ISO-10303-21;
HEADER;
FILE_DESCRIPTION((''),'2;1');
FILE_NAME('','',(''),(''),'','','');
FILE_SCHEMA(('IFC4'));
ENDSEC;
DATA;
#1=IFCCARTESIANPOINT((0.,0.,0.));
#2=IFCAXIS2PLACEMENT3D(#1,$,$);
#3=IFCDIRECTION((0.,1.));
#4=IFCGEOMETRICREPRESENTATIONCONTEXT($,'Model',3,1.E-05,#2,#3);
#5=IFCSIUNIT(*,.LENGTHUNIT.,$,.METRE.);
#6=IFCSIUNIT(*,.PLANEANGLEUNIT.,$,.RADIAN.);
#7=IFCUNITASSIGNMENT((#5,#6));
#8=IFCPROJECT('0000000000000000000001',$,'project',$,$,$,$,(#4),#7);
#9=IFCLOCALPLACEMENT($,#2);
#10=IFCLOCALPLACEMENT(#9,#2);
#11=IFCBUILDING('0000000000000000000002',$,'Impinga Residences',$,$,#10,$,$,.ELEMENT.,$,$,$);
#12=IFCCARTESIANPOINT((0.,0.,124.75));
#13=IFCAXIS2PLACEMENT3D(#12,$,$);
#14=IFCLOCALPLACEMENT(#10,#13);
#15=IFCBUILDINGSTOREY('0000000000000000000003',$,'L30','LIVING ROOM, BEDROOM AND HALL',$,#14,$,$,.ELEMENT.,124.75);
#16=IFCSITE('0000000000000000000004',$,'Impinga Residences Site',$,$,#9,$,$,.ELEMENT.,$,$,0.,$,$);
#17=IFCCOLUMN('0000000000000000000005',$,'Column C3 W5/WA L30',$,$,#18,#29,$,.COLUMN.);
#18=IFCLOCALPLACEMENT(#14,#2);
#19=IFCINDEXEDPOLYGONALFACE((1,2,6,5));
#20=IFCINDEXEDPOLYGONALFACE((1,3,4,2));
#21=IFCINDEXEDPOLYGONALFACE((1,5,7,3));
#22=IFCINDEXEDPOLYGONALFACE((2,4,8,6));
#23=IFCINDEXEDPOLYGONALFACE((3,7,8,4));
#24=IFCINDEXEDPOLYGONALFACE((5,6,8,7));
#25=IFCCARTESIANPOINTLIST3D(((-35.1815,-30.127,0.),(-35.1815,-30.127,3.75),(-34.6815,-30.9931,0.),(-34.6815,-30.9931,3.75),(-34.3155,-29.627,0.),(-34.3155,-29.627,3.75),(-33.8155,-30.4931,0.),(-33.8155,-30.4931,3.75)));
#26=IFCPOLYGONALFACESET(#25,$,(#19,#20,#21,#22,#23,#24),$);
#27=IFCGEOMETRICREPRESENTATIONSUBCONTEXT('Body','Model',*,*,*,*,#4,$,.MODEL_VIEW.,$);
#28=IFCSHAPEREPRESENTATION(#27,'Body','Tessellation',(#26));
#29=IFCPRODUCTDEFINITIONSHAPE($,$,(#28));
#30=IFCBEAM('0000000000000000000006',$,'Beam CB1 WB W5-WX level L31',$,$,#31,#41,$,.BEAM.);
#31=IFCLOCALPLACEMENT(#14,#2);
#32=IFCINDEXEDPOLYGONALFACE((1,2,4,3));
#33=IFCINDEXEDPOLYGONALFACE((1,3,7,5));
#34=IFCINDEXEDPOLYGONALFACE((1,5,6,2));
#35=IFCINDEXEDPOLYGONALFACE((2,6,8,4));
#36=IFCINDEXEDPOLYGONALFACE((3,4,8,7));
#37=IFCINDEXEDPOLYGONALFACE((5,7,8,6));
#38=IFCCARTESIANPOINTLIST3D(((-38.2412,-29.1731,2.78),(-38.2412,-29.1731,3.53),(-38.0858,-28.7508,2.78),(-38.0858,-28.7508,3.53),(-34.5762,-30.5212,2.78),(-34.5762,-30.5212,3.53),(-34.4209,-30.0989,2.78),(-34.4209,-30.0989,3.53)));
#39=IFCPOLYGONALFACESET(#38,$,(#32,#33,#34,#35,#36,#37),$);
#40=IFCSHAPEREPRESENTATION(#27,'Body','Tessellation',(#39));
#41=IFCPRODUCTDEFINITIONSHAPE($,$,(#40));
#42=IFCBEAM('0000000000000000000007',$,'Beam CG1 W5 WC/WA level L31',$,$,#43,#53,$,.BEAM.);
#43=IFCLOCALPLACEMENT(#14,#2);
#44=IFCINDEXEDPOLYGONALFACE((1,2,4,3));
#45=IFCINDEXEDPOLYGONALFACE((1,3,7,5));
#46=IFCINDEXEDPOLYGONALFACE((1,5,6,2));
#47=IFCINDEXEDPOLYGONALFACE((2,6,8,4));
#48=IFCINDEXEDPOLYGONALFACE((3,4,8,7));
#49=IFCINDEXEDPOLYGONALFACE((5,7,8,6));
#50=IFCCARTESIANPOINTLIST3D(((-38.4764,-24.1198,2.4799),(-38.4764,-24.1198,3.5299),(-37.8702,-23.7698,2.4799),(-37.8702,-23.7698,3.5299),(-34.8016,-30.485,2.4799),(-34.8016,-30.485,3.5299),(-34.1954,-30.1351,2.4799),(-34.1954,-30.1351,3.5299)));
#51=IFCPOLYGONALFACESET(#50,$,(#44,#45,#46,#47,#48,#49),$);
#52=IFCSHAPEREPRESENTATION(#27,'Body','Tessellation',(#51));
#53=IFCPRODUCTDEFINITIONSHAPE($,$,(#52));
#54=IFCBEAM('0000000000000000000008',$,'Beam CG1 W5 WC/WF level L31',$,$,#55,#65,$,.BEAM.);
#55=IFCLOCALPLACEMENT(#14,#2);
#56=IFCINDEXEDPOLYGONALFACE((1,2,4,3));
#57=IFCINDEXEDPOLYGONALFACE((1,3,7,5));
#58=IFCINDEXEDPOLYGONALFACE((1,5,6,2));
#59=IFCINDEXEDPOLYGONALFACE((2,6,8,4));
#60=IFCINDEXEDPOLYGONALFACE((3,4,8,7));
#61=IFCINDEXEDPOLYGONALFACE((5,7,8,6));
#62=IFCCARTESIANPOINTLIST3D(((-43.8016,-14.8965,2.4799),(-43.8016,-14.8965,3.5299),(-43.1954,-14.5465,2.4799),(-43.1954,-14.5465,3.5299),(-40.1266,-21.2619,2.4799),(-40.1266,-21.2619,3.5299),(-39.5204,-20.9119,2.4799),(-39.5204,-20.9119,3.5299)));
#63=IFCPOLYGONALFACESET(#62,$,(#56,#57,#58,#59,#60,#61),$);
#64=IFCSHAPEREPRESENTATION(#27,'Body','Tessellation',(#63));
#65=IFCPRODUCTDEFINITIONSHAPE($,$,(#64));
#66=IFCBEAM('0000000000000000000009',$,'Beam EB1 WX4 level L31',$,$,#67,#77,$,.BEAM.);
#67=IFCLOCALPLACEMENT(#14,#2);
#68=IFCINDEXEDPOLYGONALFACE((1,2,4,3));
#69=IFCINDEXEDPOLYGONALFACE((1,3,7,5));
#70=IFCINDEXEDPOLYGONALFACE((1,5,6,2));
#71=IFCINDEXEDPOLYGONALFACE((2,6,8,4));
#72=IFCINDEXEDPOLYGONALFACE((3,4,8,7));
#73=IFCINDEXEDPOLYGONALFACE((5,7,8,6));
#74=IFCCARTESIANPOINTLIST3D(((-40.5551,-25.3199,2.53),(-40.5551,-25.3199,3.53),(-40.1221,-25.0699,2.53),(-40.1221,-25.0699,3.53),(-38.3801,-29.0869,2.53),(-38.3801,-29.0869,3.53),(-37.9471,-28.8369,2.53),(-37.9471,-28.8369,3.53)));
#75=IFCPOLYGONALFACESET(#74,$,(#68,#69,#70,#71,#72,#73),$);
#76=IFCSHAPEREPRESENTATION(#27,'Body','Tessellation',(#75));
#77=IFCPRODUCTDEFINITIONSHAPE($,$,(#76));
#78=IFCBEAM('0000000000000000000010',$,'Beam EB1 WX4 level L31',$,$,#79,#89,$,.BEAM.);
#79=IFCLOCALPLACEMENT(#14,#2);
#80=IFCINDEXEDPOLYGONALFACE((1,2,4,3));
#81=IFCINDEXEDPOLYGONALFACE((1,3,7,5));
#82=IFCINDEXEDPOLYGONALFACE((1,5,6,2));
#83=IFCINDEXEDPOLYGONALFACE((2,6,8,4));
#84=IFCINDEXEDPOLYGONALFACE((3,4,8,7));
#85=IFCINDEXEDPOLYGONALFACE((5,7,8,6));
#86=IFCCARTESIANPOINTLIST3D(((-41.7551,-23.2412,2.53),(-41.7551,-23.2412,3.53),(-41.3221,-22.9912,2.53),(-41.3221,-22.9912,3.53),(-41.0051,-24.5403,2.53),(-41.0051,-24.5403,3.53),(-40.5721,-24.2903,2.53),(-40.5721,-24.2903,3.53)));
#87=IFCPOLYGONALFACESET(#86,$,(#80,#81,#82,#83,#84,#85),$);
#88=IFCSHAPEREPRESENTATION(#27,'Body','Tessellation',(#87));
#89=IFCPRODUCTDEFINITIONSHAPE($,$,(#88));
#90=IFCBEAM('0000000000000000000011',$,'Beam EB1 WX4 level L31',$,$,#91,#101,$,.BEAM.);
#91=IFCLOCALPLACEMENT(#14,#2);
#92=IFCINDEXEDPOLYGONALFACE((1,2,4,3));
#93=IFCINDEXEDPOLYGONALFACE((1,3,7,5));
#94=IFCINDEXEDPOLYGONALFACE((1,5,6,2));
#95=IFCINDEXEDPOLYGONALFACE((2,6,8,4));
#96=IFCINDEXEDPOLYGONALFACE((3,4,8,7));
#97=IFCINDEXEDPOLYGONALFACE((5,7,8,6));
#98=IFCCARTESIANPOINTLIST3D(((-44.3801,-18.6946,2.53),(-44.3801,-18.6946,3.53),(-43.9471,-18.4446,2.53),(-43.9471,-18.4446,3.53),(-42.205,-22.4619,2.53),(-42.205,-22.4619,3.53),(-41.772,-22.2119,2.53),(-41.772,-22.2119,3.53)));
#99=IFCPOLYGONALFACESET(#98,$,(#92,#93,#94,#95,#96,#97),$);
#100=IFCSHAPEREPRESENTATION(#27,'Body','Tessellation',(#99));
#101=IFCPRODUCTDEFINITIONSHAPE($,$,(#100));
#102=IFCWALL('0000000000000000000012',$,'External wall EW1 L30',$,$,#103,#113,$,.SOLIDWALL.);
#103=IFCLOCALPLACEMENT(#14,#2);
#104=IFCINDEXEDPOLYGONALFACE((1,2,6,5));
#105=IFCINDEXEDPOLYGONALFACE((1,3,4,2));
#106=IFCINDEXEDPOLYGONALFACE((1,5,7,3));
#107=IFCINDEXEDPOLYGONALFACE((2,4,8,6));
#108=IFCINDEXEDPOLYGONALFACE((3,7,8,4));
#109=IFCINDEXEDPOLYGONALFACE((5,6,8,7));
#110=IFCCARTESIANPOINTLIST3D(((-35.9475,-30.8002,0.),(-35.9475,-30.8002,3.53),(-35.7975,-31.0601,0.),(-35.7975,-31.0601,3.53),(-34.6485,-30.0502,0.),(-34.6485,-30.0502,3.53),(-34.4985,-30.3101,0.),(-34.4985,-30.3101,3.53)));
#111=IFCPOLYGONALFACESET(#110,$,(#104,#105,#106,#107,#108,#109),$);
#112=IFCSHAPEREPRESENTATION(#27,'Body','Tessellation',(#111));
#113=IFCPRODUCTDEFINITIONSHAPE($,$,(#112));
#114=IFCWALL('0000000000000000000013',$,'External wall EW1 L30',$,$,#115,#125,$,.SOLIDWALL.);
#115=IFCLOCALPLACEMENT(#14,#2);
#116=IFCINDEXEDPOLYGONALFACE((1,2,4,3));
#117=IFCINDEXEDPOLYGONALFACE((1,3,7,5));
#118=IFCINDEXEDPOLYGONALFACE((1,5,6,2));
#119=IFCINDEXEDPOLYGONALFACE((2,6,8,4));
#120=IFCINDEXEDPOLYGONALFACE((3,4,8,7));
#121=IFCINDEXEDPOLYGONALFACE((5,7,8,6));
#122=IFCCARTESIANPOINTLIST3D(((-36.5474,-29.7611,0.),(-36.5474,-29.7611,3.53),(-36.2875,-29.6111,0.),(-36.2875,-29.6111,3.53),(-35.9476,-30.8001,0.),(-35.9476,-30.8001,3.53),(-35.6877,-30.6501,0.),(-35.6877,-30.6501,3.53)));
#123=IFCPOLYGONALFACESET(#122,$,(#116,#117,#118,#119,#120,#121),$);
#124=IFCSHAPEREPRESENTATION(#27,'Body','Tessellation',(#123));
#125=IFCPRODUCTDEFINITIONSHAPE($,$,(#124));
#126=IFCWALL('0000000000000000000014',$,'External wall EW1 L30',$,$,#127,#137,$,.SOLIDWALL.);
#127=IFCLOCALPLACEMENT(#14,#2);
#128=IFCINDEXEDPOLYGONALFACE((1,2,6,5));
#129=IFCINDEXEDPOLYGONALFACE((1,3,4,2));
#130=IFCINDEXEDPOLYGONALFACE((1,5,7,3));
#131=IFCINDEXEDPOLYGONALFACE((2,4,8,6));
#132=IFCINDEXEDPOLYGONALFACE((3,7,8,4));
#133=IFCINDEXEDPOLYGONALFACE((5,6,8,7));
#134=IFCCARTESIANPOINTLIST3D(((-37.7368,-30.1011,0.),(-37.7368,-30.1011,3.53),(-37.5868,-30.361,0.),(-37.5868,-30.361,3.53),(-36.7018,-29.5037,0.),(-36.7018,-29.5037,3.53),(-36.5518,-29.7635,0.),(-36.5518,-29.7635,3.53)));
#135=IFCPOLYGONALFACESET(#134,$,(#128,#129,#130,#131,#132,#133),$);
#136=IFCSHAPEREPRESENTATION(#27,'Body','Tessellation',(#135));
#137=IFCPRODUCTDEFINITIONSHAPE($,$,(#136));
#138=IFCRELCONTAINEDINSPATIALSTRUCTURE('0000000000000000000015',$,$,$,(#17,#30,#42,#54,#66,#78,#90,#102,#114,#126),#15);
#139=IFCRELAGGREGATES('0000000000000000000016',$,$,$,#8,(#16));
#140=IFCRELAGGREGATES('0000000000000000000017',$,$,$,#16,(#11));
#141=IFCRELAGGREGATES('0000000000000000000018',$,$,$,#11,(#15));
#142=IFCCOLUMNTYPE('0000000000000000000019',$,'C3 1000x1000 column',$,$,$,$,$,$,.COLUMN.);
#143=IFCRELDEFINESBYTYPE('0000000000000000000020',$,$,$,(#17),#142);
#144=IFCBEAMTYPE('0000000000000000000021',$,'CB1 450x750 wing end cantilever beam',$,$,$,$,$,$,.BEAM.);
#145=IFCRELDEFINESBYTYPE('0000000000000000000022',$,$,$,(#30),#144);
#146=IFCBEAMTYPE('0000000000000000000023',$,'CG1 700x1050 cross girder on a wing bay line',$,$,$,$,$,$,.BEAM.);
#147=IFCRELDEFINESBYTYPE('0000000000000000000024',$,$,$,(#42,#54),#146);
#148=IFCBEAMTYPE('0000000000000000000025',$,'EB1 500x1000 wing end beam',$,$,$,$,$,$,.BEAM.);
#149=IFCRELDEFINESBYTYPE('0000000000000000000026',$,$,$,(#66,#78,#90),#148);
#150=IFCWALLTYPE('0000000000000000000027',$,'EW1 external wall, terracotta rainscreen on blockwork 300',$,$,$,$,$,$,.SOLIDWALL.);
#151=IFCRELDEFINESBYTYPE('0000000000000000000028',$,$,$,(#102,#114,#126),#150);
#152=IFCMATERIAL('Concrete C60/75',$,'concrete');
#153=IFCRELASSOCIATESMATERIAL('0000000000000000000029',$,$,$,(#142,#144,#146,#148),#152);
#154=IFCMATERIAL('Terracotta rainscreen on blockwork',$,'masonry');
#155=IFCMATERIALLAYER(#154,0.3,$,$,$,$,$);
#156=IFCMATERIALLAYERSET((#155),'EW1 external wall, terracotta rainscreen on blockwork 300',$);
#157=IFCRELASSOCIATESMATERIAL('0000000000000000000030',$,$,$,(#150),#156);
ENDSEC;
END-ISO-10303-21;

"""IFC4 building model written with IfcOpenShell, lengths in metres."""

from ifc_helpers import new_model, si_unit, direction, frame, frame_2d, origin, origin_2d, place, context, subcontext, project, spatial, rectangle, extrude, material, layer, layer_set, material_profile, profile_set, type_object, element, save


model = new_model("IFC4")

# Units and contexts
model_context = context("Model", 3, precision=1e-05, world=origin(), true_north=direction((0.0, 1.0)))
body_context = subcontext(model_context, "Body", "Model", "MODEL_VIEW")
ifc_project = project(units=[si_unit("LENGTHUNIT", "METRE"), si_unit("PLANEANGLEUNIT", "RADIAN")], contexts=[model_context])

# Site, building, storey
site_placement = place(None, origin())
site = spatial("IfcSite", under=ifc_project, at=site_placement, Name="Impinga Residences Site", CompositionType="ELEMENT", RefElevation=0.0)
building_placement = place(site_placement, origin())
building = spatial("IfcBuilding", under=site, at=building_placement, Name="Impinga Residences", CompositionType="ELEMENT")
storey_placement = place(building_placement, frame((0.0, 0.0, 124.75)))
storey = spatial("IfcBuildingStorey", under=building, at=storey_placement, Name="L30", Description="LIVING ROOM, BEDROOM AND HALL", CompositionType="ELEMENT", Elevation=124.75)

# Column
ifc_material_1 = material(Name="Concrete C60/75", Category="concrete")
ifc_material_profile_1 = material_profile(ifc_material_1, rectangle(XDim=1.0, YDim=1.0, at=origin_2d()), Name="RC 1000x1000")
ifc_profile_set_1 = profile_set([ifc_material_profile_1], Name="Concrete C60/75")
column_type = type_object("IfcColumnType", Name="C3 1000x1000 column", PredefinedType="COLUMN", material=ifc_profile_set_1)
column_placement = place(storey_placement, frame((-34.4985, -30.3101, 0.0), z_axis=(0.0, 0.0, 1.0), x_axis=(-0.5, 0.866025, 0.0)))
element("IfcColumn", 1, at=column_placement, inside=storey, type_object=column_type, Name="Column C3 W5/WA L30", PredefinedType="COLUMN", context=body_context, shape_type="SweptSolid", body=[
    extrude(rectangle(XDim=1.0, YDim=1.0, at=origin_2d()), origin(), (0.0, 0.0, 1.0), 3.75),
])

# Beams
ifc_material_profile_2 = material_profile(ifc_material_1, rectangle(XDim=0.45, YDim=0.75, at=origin_2d()), Name="RC 450x750")
ifc_profile_set_2 = profile_set([ifc_material_profile_2], Name="Concrete C60/75")
beam_type_1 = type_object("IfcBeamType", Name="CB1 450x750 wing end cantilever beam", PredefinedType="BEAM", material=ifc_profile_set_2)
beam_1_placement = place(storey_placement, frame((-34.4985, -30.3101, 3.155), z_axis=(-0.93852, 0.345224, 0.0), x_axis=(-0.345224, -0.93852, 0.0)))
element("IfcBeam", 2, at=beam_1_placement, inside=storey, type_object=beam_type_1, Name="Beam CB1 WB W5-WX level L31", PredefinedType="BEAM", context=body_context, shape_type="SweptSolid", body=[
    extrude(rectangle(XDim=0.45, YDim=0.75, at=origin_2d()), origin(), (0.0, 0.0, 1.0), 3.905),
])
ifc_material_profile_3 = material_profile(ifc_material_1, rectangle(XDim=0.7, YDim=1.05, at=origin_2d()), Name="RC 700x1050")
ifc_profile_set_3 = profile_set([ifc_material_profile_3], Name="Concrete C60/75")
beam_type_2 = type_object("IfcBeamType", Name="CG1 700x1050 cross girder on a wing bay line", PredefinedType="BEAM", material=ifc_profile_set_3)
beam_2_placement = place(storey_placement, frame((-38.1733, -23.9448, 3.0049), z_axis=(0.499983, -0.866035, 0.0), x_axis=(0.866035, 0.499983, 0.0)))
element("IfcBeam", 3, at=beam_2_placement, inside=storey, type_object=beam_type_2, Name="Beam CG1 W5 WC/WA level L31", PredefinedType="BEAM", context=body_context, shape_type="SweptSolid", body=[
    extrude(rectangle(XDim=0.7, YDim=1.05, at=origin_2d()), origin(), (0.0, 0.0, 1.0), 7.3499),
])
beam_3_placement = place(storey_placement, frame((-39.8235, -21.0869, 3.0049), z_axis=(-0.499994, 0.866029, 0.0), x_axis=(-0.866029, -0.499994, 0.0)))
element("IfcBeam", 4, at=beam_3_placement, inside=storey, type_object=beam_type_2, Name="Beam CG1 W5 WC/WF level L31", PredefinedType="BEAM", context=body_context, shape_type="SweptSolid", body=[
    extrude(rectangle(XDim=0.7, YDim=1.05, at=origin_2d()), origin(), (0.0, 0.0, 1.0), 7.3501),
])
ifc_material_profile_4 = material_profile(ifc_material_1, rectangle(XDim=0.5, YDim=1.0, at=origin_2d()), Name="RC 500x1000")
ifc_profile_set_4 = profile_set([ifc_material_profile_4], Name="Concrete C60/75")
beam_type_3 = type_object("IfcBeamType", Name="EB1 500x1000 wing end beam", PredefinedType="BEAM", material=ifc_profile_set_4)
beam_4_placement = place(storey_placement, frame((-38.1636, -28.9619, 3.03), z_axis=(-0.50002, 0.866014, 0.0), x_axis=(-0.866014, -0.50002, 0.0)))
element("IfcBeam", 5, at=beam_4_placement, inside=storey, type_object=beam_type_3, Name="Beam EB1 WX4 level L31", PredefinedType="BEAM", context=body_context, shape_type="SweptSolid", body=[
    extrude(rectangle(XDim=0.5, YDim=1.0, at=origin_2d()), origin(), (0.0, 0.0, 1.0), 4.3499),
])
beam_5_placement = place(storey_placement, frame((-40.7886, -24.4153, 3.03), z_axis=(-0.49999, 0.866031, 0.0), x_axis=(-0.866031, -0.49999, 0.0)))
element("IfcBeam", 6, at=beam_5_placement, inside=storey, type_object=beam_type_3, Name="Beam EB1 WX4 level L31", PredefinedType="BEAM", context=body_context, shape_type="SweptSolid", body=[
    extrude(rectangle(XDim=0.5, YDim=1.0, at=origin_2d()), origin(), (0.0, 0.0, 1.0), 1.5),
])
beam_6_placement = place(storey_placement, frame((-41.9885, -22.3369, 3.03), z_axis=(-0.499996, 0.866028, 0.0), x_axis=(-0.866028, -0.499996, 0.0)))
element("IfcBeam", 7, at=beam_6_placement, inside=storey, type_object=beam_type_3, Name="Beam EB1 WX4 level L31", PredefinedType="BEAM", context=body_context, shape_type="SweptSolid", body=[
    extrude(rectangle(XDim=0.5, YDim=1.0, at=origin_2d()), origin(), (0.0, 0.0, 1.0), 4.3501),
])

# Walls
ifc_material_2 = material(Name="Terracotta rainscreen on blockwork", Category="masonry")
ifc_layer_1 = layer(ifc_material_2, 0.3)
ifc_layer_set_1 = layer_set([ifc_layer_1], Name="EW1 external wall, terracotta rainscreen on blockwork 300")
wall_type = type_object("IfcWallType", Name="EW1 external wall, terracotta rainscreen on blockwork 300", PredefinedType="SOLIDWALL", material=ifc_layer_set_1)
wall_1_placement = place(storey_placement, frame((-34.5735, -30.1802, 0.0), z_axis=(0.0, 0.0, 1.0), x_axis=(-0.866031, -0.49999, 0.0)))
element("IfcWall", 8, at=wall_1_placement, inside=storey, type_object=wall_type, Name="External wall EW1 L30", PredefinedType="SOLIDWALL", context=body_context, shape_type="SweptSolid", body=[
    extrude(rectangle(XDim=1.5, YDim=0.3, at=frame_2d((0.75, 0.0))), origin(), (0.0, 0.0, 1.0), 3.53),
])
wall_2_placement = place(storey_placement, frame((-35.8176, -30.7251, 0.0), z_axis=(0.0, 0.0, 1.0), x_axis=(-0.499969, 0.866043, 0.0)))
element("IfcWall", 9, at=wall_2_placement, inside=storey, type_object=wall_type, Name="External wall EW1 L30", PredefinedType="SOLIDWALL", context=body_context, shape_type="SweptSolid", body=[
    extrude(rectangle(XDim=1.1997, YDim=0.3, at=frame_2d((0.5999, 0.0))), origin(), (0.0, 0.0, 1.0), 3.53),
])
wall_3_placement = place(storey_placement, frame((-36.6267, -29.6335, 0.0), z_axis=(0.0, 0.0, 1.0), x_axis=(-0.86606, -0.499941, 0.0)))
element("IfcWall", 10, at=wall_3_placement, inside=storey, type_object=wall_type, Name="External wall EW1 L30", PredefinedType="SOLIDWALL", context=body_context, shape_type="SweptSolid", body=[
    extrude(rectangle(XDim=1.1951, YDim=0.3, at=frame_2d((0.5977, 0.0))), origin(), (0.0, 0.0, 1.0), 3.53),
])

save(model, "model.ifc")
